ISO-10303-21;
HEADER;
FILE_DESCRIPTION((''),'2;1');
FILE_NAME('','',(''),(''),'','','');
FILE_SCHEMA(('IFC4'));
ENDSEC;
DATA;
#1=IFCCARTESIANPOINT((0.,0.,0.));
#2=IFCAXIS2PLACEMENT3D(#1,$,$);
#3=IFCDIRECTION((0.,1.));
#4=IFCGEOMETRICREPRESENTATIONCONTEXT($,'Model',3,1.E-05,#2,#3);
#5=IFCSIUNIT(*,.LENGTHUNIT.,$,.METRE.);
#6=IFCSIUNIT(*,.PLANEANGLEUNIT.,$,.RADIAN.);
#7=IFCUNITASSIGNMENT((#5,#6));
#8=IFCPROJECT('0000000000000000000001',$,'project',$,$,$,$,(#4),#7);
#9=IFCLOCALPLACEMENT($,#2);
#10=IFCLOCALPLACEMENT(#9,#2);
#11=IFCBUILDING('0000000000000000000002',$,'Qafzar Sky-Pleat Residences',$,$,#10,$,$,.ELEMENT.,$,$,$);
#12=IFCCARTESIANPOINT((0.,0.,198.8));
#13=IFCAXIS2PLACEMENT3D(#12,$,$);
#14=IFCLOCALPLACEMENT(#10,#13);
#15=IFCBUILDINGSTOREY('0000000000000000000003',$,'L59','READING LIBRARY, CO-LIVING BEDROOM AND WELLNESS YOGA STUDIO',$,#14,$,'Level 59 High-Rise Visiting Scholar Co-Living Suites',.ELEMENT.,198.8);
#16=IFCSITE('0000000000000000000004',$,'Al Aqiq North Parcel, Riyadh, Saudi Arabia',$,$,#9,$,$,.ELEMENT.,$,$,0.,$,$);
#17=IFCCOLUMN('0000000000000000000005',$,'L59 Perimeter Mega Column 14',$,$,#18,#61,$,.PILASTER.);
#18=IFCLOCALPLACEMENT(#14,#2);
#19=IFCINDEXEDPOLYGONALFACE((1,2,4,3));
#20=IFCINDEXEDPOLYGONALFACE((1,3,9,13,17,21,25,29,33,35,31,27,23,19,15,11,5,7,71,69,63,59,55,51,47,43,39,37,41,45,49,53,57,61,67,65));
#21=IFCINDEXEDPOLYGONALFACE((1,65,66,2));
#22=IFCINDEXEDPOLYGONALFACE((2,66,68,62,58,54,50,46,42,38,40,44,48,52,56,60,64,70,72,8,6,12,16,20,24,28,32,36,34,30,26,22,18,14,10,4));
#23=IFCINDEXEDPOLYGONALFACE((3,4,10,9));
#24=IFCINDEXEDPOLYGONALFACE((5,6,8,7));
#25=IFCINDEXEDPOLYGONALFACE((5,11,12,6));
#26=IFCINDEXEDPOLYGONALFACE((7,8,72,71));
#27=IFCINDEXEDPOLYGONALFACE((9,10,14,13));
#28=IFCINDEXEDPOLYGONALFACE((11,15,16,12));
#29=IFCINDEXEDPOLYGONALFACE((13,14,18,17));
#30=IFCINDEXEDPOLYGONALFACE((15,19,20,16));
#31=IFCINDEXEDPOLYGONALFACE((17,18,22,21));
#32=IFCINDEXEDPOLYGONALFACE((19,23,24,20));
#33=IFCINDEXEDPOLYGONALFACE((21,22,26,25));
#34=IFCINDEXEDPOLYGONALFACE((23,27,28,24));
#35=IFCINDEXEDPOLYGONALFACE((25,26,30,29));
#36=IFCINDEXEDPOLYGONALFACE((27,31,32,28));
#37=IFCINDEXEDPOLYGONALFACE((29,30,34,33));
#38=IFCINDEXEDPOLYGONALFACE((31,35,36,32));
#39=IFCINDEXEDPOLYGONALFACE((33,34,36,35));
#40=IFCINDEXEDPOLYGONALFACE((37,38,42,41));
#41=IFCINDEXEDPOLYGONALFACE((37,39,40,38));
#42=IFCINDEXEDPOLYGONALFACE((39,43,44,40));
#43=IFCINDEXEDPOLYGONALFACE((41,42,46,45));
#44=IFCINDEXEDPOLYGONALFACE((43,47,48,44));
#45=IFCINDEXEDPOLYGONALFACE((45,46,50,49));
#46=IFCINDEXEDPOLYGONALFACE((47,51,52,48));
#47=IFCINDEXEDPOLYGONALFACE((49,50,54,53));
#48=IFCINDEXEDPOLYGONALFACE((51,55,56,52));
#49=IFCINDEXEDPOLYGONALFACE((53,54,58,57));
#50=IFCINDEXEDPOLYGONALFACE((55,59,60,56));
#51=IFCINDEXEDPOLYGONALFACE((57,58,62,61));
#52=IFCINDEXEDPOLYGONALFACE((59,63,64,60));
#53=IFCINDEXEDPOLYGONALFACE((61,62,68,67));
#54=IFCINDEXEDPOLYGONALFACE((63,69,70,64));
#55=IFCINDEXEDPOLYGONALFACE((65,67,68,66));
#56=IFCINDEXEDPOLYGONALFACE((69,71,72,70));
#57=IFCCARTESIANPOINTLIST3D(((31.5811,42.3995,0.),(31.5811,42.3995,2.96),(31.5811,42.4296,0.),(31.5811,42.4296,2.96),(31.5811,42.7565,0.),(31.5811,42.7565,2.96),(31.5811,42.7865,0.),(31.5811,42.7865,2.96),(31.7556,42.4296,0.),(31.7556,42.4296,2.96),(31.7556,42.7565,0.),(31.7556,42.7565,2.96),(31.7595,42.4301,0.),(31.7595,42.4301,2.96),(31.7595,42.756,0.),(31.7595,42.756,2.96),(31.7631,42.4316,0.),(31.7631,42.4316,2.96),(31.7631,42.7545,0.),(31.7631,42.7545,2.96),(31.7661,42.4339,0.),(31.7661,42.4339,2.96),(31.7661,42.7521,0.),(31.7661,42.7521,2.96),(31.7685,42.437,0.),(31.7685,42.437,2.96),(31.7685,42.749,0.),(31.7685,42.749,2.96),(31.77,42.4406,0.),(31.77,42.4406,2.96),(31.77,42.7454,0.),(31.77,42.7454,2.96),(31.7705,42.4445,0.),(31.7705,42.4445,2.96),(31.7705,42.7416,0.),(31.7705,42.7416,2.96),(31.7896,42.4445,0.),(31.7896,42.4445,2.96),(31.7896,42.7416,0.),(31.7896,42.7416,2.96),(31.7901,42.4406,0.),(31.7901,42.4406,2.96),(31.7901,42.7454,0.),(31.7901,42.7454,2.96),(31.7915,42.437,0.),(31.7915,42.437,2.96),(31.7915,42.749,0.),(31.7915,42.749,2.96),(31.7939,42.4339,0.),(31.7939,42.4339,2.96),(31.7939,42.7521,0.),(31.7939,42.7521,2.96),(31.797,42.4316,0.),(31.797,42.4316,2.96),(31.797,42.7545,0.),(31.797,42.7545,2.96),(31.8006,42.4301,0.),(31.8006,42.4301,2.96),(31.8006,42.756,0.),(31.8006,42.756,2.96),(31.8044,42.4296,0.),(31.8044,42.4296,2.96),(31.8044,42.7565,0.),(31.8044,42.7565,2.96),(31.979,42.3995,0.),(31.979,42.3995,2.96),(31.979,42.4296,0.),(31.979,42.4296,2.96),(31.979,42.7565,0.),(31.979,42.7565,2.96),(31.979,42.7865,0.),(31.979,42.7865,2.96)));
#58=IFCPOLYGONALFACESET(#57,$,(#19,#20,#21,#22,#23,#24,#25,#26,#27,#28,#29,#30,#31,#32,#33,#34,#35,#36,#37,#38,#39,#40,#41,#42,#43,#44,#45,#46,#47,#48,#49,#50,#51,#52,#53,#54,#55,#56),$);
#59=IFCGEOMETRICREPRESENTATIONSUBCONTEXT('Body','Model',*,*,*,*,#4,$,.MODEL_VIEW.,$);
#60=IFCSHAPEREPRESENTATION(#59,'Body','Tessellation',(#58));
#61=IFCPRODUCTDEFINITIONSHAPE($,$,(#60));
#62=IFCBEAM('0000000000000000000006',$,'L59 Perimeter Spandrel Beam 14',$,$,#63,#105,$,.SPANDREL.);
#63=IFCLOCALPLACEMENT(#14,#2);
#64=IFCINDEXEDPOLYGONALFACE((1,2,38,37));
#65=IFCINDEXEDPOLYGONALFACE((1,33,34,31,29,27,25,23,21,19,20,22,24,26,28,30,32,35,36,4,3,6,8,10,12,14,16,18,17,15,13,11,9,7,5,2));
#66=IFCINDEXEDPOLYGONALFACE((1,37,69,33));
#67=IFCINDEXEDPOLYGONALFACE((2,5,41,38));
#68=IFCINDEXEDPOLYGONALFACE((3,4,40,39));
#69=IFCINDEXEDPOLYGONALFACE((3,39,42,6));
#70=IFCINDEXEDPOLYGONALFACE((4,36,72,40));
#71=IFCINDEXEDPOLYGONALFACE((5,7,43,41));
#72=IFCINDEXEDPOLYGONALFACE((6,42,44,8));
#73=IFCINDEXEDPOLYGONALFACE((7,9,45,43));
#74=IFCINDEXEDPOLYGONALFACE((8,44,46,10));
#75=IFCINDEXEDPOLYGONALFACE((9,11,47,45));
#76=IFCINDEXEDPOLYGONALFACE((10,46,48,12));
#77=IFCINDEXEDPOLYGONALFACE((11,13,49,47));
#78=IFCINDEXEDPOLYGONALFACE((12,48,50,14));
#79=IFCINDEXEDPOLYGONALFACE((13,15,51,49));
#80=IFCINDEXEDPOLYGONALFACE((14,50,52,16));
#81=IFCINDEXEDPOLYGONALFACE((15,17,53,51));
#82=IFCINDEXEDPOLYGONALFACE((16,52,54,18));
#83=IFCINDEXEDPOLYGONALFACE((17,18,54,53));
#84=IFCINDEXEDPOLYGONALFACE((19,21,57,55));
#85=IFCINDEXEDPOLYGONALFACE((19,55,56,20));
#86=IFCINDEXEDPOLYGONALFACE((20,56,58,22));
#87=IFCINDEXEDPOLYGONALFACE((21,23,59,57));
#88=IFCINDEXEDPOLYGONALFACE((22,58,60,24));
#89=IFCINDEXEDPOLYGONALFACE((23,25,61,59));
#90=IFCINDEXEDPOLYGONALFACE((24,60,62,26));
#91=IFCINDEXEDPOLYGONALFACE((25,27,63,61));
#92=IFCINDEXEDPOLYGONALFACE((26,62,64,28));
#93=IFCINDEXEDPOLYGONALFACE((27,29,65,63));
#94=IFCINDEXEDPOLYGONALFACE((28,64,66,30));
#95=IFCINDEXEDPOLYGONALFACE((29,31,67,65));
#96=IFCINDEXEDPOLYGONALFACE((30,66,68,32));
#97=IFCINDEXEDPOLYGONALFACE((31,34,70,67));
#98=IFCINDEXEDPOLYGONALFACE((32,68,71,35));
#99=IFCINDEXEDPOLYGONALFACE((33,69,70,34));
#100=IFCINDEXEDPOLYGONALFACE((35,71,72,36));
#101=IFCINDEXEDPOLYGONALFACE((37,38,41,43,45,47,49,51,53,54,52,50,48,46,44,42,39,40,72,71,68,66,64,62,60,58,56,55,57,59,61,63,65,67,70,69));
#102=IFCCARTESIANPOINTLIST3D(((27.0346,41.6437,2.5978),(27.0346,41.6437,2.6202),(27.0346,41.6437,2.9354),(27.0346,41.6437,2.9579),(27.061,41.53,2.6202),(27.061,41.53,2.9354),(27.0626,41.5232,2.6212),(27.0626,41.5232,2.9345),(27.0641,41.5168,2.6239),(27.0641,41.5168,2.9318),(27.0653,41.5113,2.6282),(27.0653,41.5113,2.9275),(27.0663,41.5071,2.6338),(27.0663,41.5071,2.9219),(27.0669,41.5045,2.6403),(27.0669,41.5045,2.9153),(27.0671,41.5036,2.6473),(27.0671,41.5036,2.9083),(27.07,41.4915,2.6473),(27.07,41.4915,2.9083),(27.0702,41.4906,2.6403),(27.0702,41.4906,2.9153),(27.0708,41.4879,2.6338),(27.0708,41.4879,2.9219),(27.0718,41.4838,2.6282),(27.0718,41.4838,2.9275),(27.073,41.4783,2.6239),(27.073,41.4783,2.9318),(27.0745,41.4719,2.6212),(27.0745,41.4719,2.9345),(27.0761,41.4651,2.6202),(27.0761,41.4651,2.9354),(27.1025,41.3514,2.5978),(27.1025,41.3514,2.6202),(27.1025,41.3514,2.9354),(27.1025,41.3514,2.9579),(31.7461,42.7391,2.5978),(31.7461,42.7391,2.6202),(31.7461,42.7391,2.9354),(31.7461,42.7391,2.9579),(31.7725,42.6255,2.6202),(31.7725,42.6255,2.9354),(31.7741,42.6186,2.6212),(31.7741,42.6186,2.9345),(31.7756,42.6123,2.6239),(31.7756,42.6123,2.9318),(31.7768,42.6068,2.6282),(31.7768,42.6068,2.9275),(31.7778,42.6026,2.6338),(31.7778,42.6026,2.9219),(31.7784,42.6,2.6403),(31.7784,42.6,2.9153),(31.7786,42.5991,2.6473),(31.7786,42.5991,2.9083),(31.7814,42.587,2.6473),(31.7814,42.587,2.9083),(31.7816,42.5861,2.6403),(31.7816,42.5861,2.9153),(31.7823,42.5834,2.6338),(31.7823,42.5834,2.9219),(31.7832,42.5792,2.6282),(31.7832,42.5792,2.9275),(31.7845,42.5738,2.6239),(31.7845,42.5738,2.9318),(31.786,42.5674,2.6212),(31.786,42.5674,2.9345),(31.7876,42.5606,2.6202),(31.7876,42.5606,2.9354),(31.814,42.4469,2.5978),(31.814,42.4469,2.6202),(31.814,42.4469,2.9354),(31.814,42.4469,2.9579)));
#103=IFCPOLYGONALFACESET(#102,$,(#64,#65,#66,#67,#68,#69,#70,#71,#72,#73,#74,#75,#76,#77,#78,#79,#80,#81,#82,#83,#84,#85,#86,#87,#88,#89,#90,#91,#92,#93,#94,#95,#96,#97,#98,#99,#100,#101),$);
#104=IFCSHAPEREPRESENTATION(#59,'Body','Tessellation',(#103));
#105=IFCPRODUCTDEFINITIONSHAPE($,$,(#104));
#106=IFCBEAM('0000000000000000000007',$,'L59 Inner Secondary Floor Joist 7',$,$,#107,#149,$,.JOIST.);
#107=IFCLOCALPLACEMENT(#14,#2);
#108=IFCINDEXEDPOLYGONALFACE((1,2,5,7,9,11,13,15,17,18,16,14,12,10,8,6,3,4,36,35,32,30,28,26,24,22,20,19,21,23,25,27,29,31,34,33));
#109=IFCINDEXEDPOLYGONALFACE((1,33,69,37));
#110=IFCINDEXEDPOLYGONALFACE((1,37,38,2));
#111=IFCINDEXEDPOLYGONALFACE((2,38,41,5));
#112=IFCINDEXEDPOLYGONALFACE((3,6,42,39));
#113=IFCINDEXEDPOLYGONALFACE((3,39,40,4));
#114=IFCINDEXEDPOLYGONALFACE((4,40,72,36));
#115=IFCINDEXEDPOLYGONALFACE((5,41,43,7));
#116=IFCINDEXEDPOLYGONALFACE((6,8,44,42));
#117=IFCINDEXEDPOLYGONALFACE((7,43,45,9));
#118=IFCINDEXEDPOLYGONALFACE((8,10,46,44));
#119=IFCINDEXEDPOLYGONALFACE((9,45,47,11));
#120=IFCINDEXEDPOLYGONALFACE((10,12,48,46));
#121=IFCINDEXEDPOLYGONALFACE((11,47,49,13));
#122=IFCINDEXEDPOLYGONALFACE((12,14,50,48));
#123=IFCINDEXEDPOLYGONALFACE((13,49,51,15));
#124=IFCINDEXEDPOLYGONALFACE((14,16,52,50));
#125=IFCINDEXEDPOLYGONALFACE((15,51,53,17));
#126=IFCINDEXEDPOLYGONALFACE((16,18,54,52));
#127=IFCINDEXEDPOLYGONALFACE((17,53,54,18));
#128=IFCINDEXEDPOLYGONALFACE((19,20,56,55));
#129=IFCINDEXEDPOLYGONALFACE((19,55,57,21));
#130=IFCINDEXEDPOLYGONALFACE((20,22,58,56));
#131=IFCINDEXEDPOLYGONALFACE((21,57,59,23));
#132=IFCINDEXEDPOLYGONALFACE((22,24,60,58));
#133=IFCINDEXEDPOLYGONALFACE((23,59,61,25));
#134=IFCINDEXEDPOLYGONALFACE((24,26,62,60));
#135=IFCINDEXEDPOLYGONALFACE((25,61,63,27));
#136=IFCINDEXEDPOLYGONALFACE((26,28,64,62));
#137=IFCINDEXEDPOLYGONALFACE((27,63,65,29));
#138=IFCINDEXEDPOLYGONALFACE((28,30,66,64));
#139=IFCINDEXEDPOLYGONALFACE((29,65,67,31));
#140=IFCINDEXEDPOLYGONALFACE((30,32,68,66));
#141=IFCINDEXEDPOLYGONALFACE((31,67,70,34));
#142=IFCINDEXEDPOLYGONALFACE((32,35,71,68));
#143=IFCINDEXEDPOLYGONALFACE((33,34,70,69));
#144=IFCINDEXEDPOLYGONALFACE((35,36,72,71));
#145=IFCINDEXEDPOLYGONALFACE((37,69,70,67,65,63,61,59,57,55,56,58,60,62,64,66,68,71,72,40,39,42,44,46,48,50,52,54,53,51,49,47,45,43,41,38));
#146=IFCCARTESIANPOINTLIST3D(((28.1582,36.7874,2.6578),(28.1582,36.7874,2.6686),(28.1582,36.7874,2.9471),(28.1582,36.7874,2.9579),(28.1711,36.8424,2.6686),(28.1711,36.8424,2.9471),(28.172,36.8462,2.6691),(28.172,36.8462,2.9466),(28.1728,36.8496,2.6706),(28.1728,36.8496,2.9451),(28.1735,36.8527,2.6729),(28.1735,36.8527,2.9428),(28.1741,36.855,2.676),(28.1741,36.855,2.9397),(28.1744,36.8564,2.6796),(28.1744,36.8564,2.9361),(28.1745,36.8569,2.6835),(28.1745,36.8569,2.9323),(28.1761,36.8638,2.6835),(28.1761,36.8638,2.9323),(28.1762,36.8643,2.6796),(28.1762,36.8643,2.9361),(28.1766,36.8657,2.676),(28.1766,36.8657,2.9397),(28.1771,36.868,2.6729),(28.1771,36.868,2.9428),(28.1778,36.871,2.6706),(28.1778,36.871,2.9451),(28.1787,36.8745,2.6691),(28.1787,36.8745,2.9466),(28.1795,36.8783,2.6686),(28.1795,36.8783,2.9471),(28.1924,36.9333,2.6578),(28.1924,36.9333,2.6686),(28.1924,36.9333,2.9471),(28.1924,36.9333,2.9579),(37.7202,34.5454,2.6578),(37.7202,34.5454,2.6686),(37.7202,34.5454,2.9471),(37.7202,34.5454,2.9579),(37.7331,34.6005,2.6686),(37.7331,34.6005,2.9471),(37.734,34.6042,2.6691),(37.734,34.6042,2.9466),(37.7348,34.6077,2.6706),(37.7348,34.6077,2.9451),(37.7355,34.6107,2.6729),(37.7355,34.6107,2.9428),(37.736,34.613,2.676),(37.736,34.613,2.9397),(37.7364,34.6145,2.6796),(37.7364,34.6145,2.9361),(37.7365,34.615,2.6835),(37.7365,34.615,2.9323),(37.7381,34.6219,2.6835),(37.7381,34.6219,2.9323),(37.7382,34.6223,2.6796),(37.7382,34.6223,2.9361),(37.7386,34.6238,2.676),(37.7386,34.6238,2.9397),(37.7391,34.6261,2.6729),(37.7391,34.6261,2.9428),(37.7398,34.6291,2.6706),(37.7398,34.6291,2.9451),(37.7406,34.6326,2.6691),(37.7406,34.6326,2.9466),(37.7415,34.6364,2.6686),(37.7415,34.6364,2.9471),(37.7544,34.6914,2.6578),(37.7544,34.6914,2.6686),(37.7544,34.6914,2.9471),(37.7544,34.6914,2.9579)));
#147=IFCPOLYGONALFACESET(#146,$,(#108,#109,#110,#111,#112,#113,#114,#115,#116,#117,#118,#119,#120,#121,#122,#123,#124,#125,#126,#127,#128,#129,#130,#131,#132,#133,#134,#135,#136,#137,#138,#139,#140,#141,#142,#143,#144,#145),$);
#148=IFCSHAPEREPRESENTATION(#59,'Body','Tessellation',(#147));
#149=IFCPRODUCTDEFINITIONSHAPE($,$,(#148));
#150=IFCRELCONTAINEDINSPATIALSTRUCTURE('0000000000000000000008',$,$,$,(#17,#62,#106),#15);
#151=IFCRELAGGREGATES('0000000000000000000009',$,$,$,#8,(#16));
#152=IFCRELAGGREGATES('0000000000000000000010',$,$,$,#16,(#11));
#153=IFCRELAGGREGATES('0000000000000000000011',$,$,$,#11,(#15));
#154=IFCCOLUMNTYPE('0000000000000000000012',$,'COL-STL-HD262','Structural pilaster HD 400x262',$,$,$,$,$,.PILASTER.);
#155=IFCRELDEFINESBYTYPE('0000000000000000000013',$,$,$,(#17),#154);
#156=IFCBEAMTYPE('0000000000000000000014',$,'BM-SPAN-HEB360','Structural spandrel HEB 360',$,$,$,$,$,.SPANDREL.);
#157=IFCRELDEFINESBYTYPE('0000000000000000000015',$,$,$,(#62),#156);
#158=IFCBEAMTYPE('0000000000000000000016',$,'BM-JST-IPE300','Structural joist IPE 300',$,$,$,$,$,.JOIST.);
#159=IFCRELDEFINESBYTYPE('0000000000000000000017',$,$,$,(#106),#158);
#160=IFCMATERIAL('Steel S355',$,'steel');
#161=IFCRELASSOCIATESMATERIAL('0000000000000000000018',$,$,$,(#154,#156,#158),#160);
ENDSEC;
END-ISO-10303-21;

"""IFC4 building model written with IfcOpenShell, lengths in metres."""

from ifc_helpers import new_model, si_unit, direction, frame, origin, origin_2d, place, context, subcontext, project, spatial, i_section, extrude, source, transform, mapped, material, material_profile, profile_set, type_object, element, save


model = new_model("IFC4")

# Units and contexts
model_context = context("Model", 3, precision=1e-05, world=origin(), true_north=direction((0.0, 1.0)))
body_context = subcontext(model_context, "Body", "Model", "MODEL_VIEW")
ifc_project = project(units=[si_unit("LENGTHUNIT", "METRE"), si_unit("PLANEANGLEUNIT", "RADIAN")], contexts=[model_context])

# Site, building, storey
site_placement = place(None, origin())
site = spatial("IfcSite", under=ifc_project, at=site_placement, Name="Al Aqiq North Parcel, Riyadh, Saudi Arabia", CompositionType="ELEMENT", RefElevation=0.0)
building_placement = place(site_placement, origin())
building = spatial("IfcBuilding", under=site, at=building_placement, Name="Qafzar Sky-Pleat Residences", CompositionType="ELEMENT")
storey_placement = place(building_placement, frame((0.0, 0.0, 198.8)))
storey = spatial("IfcBuildingStorey", under=building, at=storey_placement, Name="L59", Description="READING LIBRARY, CO-LIVING BEDROOM AND WELLNESS YOGA STUDIO", LongName="Level 59 High-Rise Visiting Scholar Co-Living Suites", CompositionType="ELEMENT", Elevation=198.8)

# Column
ifc_material_1 = material(Name="Steel S355", Category="steel")
ifc_material_profile_1 = material_profile(ifc_material_1, i_section(OverallWidth=0.3979, OverallDepth=0.387, WebThickness=0.019, FlangeThickness=0.03, FilletRadius=0.0149, at=origin_2d()), Name="HD 400x262")
ifc_profile_set_1 = profile_set([ifc_material_profile_1], Name="Steel S355")
column_type = type_object("IfcColumnType", Name="COL-STL-HD262", Description="Structural pilaster HD 400x262", PredefinedType="PILASTER", material=ifc_profile_set_1)
shared_shape_1 = source(origin(), body_context, "Body", "SweptSolid", [
    extrude(i_section(OverallWidth=0.3979, OverallDepth=0.387, WebThickness=0.019, FlangeThickness=0.03, FilletRadius=0.0149, at=origin_2d()), origin(), (0.0, 0.0, 1.0), 2.96),
])
column_placement = place(storey_placement, frame((31.78, 42.593, 0.0), z_axis=(0.0, 0.0, 1.0), x_axis=(1.0, 0.0, 0.0)))
element("IfcColumn", 1, at=column_placement, inside=storey, type_object=column_type, Name="L59 Perimeter Mega Column 14", PredefinedType="PILASTER", context=body_context, shape_type="MappedRepresentation", body=[
    mapped(shared_shape_1, transform((0.0, 0.0, 0.0), x_axis=(1.0, 0.0, 0.0), y_axis=(0.0, 1.0, 0.0), z_axis=(0.0, 0.0, 1.0), scale=1.0)),
])

# Beams
ifc_material_profile_2 = material_profile(ifc_material_1, i_section(OverallWidth=0.3, OverallDepth=0.3601, WebThickness=0.0125, FlangeThickness=0.0225, FilletRadius=0.0271, at=origin_2d()), Name="HEB 360")
ifc_profile_set_2 = profile_set([ifc_material_profile_2], Name="Steel S355")
beam_type_1 = type_object("IfcBeamType", Name="BM-SPAN-HEB360", Description="Structural spandrel HEB 360", PredefinedType="SPANDREL", material=ifc_profile_set_2)
shared_shape_2 = source(origin(), body_context, "Body", "SweptSolid", [
    extrude(i_section(OverallWidth=0.3, OverallDepth=0.3601, WebThickness=0.0125, FlangeThickness=0.0225, FilletRadius=0.0271, at=origin_2d()), origin(), (0.0, 0.0, 1.0), 4.8372),
])
beam_1_placement = place(storey_placement, frame((31.78, 42.593, 2.7778), z_axis=(-0.974018, -0.22647, 0.0), x_axis=(0.22647, -0.974018, 0.0)))
element("IfcBeam", 2, at=beam_1_placement, inside=storey, type_object=beam_type_1, Name="L59 Perimeter Spandrel Beam 14", PredefinedType="SPANDREL", context=body_context, shape_type="MappedRepresentation", body=[
    mapped(shared_shape_2, transform((0.0, 0.0, 0.0), x_axis=(1.0, 0.0, 0.0), y_axis=(0.0, 1.0, 0.0), z_axis=(0.0, 0.0, 1.0), scale=1.0)),
])
ifc_material_profile_3 = material_profile(ifc_material_1, i_section(OverallWidth=0.1499, OverallDepth=0.3, WebThickness=0.0071, FlangeThickness=0.0107, FilletRadius=0.0149, at=origin_2d()), Name="IPE 300")
ifc_profile_set_3 = profile_set([ifc_material_profile_3], Name="Steel S355")
beam_type_2 = type_object("IfcBeamType", Name="BM-JST-IPE300", Description="Structural joist IPE 300", PredefinedType="JOIST", material=ifc_profile_set_3)
shared_shape_3 = source(origin(), body_context, "Body", "SweptSolid", [
    extrude(i_section(OverallWidth=0.1499, OverallDepth=0.3, WebThickness=0.0071, FlangeThickness=0.0107, FilletRadius=0.0149, at=origin_2d()), origin(), (0.0, 0.0, 1.0), 9.8213),
])
beam_2_placement = place(storey_placement, frame((37.7373, 34.6184, 2.8079), z_axis=(-0.973597, 0.228273, 0.0), x_axis=(-0.228273, -0.973597, 0.0)))
element("IfcBeam", 3, at=beam_2_placement, inside=storey, type_object=beam_type_2, Name="L59 Inner Secondary Floor Joist 7", PredefinedType="JOIST", context=body_context, shape_type="MappedRepresentation", body=[
    mapped(shared_shape_3, transform((0.0, 0.0, 0.0), x_axis=(1.0, 0.0, 0.0), y_axis=(0.0, 1.0, 0.0), z_axis=(0.0, 0.0, 1.0), scale=1.0)),
])

save(model, "model.ifc")
